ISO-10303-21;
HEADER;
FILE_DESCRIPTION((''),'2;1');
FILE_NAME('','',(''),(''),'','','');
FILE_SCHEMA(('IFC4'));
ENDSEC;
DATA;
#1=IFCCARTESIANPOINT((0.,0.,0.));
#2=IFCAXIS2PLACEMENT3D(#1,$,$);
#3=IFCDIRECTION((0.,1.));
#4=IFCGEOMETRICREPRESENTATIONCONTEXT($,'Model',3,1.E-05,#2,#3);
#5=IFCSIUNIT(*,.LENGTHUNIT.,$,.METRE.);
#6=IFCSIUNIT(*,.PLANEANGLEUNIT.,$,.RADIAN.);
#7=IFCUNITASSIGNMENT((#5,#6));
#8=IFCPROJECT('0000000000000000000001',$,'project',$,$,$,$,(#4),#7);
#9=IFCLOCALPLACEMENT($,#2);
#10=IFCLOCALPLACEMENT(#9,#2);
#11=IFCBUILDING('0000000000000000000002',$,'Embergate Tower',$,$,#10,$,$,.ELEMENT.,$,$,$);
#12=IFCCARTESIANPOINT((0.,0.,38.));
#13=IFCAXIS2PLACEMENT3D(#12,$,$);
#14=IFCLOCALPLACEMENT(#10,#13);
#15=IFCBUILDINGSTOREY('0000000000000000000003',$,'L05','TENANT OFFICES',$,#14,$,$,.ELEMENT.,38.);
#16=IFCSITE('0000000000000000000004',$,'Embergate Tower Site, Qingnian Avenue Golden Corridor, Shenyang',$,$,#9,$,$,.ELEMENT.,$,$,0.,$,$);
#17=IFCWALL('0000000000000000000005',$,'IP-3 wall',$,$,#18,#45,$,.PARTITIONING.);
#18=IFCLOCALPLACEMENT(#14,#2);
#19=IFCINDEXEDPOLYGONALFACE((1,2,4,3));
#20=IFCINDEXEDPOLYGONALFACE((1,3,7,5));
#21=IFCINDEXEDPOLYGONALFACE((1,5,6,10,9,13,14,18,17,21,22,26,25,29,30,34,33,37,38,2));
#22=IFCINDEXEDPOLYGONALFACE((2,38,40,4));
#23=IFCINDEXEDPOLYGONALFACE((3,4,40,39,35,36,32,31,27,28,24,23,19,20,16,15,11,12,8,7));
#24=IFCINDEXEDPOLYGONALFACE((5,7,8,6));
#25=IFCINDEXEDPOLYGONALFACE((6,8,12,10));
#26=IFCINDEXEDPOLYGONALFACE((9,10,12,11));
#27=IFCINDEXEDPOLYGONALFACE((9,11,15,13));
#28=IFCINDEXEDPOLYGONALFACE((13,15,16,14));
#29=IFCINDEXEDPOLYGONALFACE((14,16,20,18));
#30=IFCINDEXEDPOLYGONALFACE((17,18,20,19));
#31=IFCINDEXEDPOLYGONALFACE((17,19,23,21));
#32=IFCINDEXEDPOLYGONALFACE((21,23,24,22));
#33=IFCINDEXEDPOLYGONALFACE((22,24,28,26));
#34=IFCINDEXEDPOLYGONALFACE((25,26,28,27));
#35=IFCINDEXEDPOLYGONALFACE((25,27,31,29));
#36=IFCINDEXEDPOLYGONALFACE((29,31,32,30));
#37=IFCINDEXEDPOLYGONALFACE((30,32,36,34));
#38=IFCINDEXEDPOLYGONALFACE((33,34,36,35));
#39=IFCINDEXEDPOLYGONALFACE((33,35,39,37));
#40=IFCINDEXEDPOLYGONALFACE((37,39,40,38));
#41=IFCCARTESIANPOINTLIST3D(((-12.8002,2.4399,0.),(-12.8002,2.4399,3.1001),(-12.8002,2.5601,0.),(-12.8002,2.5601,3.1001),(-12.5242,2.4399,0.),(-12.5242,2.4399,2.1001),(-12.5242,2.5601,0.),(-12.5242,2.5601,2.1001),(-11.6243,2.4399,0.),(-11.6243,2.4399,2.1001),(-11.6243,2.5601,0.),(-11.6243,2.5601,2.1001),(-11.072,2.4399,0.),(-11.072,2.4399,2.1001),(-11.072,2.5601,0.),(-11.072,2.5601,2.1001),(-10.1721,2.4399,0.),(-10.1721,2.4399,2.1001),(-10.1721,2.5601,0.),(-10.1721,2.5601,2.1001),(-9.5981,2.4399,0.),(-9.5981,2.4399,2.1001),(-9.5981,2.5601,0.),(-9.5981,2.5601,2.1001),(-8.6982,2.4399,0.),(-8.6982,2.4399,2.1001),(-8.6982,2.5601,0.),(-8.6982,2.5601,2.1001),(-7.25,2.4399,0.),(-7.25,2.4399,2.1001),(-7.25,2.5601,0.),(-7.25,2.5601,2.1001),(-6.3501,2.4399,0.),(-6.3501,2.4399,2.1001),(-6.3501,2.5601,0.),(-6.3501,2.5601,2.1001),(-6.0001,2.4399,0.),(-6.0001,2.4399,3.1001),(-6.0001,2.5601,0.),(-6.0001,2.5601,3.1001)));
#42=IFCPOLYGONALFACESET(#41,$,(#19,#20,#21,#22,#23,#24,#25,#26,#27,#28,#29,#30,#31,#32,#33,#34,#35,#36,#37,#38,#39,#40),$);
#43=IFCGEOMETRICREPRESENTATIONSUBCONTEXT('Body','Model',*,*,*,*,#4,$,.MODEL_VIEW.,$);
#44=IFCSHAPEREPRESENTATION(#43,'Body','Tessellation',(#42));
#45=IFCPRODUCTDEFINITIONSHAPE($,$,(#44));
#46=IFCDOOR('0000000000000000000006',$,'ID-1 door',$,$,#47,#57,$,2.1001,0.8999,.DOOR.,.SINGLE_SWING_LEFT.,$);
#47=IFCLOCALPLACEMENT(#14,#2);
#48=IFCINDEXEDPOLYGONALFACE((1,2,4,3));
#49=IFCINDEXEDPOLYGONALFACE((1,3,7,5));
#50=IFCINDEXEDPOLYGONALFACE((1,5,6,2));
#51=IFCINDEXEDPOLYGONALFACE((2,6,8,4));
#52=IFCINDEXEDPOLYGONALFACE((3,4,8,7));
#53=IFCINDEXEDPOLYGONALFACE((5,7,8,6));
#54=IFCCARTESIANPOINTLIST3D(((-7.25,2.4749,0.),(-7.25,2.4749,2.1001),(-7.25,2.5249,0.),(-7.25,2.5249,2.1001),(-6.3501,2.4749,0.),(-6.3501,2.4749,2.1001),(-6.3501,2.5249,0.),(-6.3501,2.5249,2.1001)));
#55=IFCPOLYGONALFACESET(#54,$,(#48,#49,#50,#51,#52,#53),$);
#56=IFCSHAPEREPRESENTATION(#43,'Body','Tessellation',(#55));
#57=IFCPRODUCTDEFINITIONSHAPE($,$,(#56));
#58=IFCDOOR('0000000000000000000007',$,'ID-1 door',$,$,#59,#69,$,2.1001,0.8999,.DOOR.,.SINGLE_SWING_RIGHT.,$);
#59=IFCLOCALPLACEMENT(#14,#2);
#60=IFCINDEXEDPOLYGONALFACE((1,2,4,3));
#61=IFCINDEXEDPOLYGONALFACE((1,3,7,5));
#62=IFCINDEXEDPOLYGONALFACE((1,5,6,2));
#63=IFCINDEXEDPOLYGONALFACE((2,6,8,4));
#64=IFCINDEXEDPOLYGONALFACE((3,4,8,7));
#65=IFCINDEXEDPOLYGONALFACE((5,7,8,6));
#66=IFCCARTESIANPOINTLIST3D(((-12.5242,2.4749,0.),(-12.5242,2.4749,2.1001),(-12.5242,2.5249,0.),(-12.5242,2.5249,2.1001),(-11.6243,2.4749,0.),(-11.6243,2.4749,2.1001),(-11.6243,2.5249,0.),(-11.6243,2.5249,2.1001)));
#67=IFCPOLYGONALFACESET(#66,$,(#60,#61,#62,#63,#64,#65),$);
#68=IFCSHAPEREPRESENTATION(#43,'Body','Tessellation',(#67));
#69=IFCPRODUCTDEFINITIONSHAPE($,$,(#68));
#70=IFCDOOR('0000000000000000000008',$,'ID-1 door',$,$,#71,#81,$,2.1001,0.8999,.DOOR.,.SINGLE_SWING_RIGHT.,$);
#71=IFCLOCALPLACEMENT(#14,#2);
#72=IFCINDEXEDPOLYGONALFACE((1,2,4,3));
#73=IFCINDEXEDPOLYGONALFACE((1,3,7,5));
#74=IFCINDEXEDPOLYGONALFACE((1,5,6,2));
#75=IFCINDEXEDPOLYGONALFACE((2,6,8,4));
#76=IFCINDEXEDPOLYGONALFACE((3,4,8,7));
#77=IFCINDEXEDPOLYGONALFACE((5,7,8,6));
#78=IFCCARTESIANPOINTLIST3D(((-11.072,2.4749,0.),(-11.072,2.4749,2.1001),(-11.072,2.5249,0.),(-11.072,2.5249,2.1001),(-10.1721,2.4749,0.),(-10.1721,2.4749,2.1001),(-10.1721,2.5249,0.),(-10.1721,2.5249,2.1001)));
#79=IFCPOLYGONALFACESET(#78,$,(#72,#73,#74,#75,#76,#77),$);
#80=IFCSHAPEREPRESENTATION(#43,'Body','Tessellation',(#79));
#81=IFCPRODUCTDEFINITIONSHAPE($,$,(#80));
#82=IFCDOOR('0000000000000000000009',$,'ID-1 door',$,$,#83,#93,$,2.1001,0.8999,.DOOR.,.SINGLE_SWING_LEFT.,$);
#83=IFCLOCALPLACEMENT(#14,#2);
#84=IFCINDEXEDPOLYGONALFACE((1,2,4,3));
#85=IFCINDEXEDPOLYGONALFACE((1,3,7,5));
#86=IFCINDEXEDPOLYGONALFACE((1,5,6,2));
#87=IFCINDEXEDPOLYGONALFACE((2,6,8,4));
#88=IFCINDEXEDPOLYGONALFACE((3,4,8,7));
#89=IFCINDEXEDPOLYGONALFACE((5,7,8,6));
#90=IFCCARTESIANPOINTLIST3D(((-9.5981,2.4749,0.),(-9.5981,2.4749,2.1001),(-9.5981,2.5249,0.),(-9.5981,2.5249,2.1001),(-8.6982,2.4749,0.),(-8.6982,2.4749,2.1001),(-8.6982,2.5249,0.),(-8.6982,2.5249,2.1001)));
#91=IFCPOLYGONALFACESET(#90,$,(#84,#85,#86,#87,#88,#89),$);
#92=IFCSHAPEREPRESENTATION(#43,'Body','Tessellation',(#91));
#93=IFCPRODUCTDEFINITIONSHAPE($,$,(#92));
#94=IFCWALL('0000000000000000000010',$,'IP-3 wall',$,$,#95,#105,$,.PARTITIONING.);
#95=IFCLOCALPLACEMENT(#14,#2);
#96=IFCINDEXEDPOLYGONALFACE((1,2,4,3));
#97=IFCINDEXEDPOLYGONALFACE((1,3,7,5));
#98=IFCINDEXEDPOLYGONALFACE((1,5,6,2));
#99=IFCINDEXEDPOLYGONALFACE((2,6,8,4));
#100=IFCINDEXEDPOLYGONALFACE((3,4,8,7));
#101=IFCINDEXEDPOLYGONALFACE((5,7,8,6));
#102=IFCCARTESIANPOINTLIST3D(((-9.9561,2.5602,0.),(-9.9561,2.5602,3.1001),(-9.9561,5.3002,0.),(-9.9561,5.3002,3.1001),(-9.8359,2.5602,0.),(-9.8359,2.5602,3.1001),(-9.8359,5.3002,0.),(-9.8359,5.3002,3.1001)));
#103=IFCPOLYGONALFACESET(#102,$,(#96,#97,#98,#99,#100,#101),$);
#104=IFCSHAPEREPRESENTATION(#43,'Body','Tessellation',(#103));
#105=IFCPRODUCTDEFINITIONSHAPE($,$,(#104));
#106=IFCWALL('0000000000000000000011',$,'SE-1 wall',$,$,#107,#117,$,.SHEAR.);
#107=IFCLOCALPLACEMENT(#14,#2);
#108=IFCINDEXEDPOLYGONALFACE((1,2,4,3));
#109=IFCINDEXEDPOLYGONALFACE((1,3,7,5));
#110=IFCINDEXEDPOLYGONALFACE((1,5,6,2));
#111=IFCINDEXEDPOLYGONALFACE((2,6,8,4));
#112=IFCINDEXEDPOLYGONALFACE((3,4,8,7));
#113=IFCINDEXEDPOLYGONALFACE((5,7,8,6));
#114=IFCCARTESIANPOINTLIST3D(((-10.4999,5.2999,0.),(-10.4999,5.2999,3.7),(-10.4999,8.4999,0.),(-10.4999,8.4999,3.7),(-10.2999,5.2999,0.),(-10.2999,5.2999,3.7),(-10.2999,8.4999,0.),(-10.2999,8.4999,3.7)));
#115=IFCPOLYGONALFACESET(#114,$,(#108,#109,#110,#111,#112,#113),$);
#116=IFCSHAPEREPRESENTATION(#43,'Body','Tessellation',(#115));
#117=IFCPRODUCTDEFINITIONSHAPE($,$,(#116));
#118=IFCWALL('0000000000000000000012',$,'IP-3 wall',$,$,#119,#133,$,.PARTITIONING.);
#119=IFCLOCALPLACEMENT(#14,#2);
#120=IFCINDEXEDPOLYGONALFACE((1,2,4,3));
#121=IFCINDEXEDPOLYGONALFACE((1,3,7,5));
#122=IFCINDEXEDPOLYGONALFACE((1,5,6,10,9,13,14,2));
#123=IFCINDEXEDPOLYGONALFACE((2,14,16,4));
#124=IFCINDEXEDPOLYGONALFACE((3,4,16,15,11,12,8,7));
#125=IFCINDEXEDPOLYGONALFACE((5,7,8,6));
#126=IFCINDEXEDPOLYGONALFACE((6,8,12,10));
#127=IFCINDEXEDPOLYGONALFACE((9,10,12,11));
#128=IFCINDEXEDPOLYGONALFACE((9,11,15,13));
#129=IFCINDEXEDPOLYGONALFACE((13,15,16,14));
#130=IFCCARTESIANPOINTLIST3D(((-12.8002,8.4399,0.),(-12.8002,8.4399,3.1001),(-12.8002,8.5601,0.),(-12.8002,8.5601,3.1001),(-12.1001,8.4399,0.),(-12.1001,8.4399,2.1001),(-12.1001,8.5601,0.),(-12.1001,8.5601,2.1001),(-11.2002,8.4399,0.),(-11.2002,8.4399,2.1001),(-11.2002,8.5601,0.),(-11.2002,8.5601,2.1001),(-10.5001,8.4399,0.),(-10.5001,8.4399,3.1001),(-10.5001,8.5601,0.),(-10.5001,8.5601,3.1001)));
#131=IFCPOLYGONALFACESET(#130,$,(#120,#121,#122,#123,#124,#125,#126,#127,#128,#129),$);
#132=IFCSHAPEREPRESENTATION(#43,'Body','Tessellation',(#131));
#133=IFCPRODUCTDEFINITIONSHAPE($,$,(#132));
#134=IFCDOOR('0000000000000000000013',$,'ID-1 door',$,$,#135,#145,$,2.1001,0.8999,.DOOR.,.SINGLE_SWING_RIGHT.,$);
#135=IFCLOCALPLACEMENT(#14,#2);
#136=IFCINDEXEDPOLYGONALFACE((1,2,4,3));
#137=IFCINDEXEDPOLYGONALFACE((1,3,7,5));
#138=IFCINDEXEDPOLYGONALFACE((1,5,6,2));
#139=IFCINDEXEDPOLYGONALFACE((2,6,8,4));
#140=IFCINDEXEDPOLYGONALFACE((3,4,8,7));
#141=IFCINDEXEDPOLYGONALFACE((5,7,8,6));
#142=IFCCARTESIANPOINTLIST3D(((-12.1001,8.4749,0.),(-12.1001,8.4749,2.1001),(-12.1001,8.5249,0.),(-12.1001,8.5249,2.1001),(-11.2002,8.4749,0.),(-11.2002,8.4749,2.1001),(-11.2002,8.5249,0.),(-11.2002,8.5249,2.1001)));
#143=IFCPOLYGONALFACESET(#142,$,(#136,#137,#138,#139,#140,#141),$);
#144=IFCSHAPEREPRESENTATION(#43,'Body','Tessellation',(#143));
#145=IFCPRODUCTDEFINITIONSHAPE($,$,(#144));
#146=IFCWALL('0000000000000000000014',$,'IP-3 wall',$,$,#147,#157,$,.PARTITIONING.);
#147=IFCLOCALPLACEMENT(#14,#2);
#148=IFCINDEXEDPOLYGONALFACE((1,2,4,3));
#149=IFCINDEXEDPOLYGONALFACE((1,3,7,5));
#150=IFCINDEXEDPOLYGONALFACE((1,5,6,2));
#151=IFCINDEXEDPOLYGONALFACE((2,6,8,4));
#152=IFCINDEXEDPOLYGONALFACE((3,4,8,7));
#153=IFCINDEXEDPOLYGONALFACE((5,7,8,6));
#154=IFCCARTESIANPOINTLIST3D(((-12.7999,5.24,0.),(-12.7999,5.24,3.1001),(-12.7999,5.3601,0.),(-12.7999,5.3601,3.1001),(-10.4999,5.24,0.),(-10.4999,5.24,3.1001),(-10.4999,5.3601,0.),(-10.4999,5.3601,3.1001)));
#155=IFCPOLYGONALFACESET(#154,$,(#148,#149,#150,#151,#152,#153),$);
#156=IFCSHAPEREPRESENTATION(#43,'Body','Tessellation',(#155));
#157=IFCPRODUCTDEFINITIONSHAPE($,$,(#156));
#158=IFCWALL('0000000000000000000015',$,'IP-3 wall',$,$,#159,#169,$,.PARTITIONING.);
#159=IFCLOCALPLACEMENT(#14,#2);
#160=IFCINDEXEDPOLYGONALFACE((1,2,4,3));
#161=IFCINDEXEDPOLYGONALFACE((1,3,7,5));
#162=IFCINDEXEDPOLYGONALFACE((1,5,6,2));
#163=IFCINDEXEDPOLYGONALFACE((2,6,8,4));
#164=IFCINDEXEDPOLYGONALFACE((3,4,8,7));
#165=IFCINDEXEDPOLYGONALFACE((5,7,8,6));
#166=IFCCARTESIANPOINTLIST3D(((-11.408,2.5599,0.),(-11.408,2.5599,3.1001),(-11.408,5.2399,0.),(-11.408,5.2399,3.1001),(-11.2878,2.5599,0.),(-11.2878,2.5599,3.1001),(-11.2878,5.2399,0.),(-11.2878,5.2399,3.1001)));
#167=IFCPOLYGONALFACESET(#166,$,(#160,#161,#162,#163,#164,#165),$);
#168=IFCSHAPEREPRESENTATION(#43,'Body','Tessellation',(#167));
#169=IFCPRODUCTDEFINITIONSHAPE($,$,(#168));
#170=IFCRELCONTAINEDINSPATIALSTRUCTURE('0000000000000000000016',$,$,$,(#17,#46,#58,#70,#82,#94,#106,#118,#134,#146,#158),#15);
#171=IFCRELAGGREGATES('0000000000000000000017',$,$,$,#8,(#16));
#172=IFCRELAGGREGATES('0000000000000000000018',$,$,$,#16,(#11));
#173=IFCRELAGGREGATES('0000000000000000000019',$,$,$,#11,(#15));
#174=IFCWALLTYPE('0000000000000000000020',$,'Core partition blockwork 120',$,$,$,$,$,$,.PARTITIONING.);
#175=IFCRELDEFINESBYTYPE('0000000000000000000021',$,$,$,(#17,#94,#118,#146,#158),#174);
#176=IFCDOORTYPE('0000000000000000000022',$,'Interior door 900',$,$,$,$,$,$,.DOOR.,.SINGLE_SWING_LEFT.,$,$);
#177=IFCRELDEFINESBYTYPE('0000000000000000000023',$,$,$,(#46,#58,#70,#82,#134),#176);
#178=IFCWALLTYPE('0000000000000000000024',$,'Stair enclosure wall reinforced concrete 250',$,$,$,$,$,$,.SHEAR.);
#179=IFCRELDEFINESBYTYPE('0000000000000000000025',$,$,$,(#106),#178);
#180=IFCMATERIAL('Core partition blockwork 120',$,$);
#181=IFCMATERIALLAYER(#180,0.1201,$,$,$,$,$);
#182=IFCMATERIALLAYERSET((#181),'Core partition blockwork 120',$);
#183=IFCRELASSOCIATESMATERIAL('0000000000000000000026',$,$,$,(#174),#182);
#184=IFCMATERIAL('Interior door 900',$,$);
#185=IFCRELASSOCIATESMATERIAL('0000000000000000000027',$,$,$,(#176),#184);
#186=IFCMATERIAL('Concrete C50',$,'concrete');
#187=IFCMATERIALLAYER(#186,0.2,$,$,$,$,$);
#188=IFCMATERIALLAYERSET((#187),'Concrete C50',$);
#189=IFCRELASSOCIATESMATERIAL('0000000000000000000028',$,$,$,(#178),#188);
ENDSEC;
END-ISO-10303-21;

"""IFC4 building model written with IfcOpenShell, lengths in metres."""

from ifc_helpers import new_model, si_unit, direction, frame, frame_2d, origin, place, context, subcontext, project, spatial, rectangle, extrude, source, transform, mapped, material, layer, layer_set, type_object, element, fill, save


model = new_model("IFC4")

# Units and contexts
model_context = context("Model", 3, precision=1e-05, world=origin(), true_north=direction((0.0, 1.0)))
body_context = subcontext(model_context, "Body", "Model", "MODEL_VIEW")
ifc_project = project(units=[si_unit("LENGTHUNIT", "METRE"), si_unit("PLANEANGLEUNIT", "RADIAN")], contexts=[model_context])

# Site, building, storey
site_placement = place(None, origin())
site = spatial("IfcSite", under=ifc_project, at=site_placement, Name="Embergate Tower Site, Qingnian Avenue Golden Corridor, Shenyang", CompositionType="ELEMENT", RefElevation=0.0)
building_placement = place(site_placement, origin())
building = spatial("IfcBuilding", under=site, at=building_placement, Name="Embergate Tower", CompositionType="ELEMENT")
storey_placement = place(building_placement, frame((0.0, 0.0, 38.0)))
storey = spatial("IfcBuildingStorey", under=building, at=storey_placement, Name="L05", Description="TENANT OFFICES", CompositionType="ELEMENT", Elevation=38.0)

# Shared definitions
shared_shape_1 = source(origin(), body_context, "Body", "SweptSolid", [
    extrude(rectangle(XDim=0.8999, YDim=2.1001, at=frame_2d((0.45, 1.05))), frame((0.0, 0.0249, 0.0), z_axis=(0.0, -1.0, 0.0), x_axis=(1.0, 0.0, 0.0)), (0.0, 0.0, 1.0), 0.05),
])

# Wall, openings, doors
ifc_material_1 = material(Name="Core partition blockwork 120")
ifc_layer_1 = layer(ifc_material_1, 0.1201)
ifc_layer_set_1 = layer_set([ifc_layer_1], Name="Core partition blockwork 120")
wall_type_1 = type_object("IfcWallType", Name="Core partition blockwork 120", PredefinedType="PARTITIONING", material=ifc_layer_set_1)
shared_shape_2 = source(origin(), body_context, "Body", "SweptSolid", [
    extrude(rectangle(XDim=6.8, YDim=0.1201, at=frame_2d((3.3999, 0.0))), origin(), (0.0, 0.0, 1.0), 3.1001),
])
wall_1_placement = place(storey_placement, frame((-12.8, 2.5, 0.0), z_axis=(0.0, 0.0, 1.0), x_axis=(1.0, 0.0, 0.0)))
wall_1 = element("IfcWall", 1, at=wall_1_placement, inside=storey, type_object=wall_type_1, Name="IP-3 wall", PredefinedType="PARTITIONING", context=body_context, shape_type="MappedRepresentation", body=[
    mapped(shared_shape_2, transform((0.0, 0.0, 0.0))),
])
shared_shape_3 = source(origin(), body_context, "Body", "SweptSolid", [
    extrude(rectangle(XDim=0.8999, YDim=2.1001, at=frame_2d((0.45, 1.05))), frame((0.0, 0.0701, 0.0), z_axis=(0.0, -1.0, 0.0), x_axis=(1.0, 0.0, 0.0)), (0.0, 0.0, 1.0), 0.1401),
])
opening_1_placement = place(wall_1_placement, frame((5.55, 0.0, 0.0)))
opening_1 = element("IfcOpeningElement", 2, at=opening_1_placement, cuts=wall_1, PredefinedType="OPENING", context=body_context, shape_type="MappedRepresentation", body=[
    mapped(shared_shape_3, transform((0.0, 0.0, 0.0))),
])
opening_2_placement = place(wall_1_placement, frame((0.2759, 0.0, 0.0)))
opening_2 = element("IfcOpeningElement", 3, at=opening_2_placement, cuts=wall_1, PredefinedType="OPENING", context=body_context, shape_type="MappedRepresentation", body=[
    mapped(shared_shape_3, transform((0.0, 0.0, 0.0))),
])
opening_3_placement = place(wall_1_placement, frame((1.728, 0.0, 0.0)))
opening_3 = element("IfcOpeningElement", 4, at=opening_3_placement, cuts=wall_1, PredefinedType="OPENING", context=body_context, shape_type="MappedRepresentation", body=[
    mapped(shared_shape_3, transform((0.0, 0.0, 0.0))),
])
opening_4_placement = place(wall_1_placement, frame((3.2019, 0.0, 0.0)))
opening_4 = element("IfcOpeningElement", 5, at=opening_4_placement, cuts=wall_1, PredefinedType="OPENING", context=body_context, shape_type="MappedRepresentation", body=[
    mapped(shared_shape_3, transform((0.0, 0.0, 0.0))),
])
ifc_material_2 = material(Name="Interior door 900")
door_type_1 = type_object("IfcDoorType", Name="Interior door 900", OperationType="SINGLE_SWING_LEFT", PredefinedType="DOOR", material=ifc_material_2)
door_1_placement = place(opening_1_placement, origin())
door_1 = element("IfcDoor", 6, at=door_1_placement, inside=storey, type_object=door_type_1, Name="ID-1 door", OperationType="SINGLE_SWING_LEFT", OverallHeight=2.1001, OverallWidth=0.8999, PredefinedType="DOOR", context=body_context, shape_type="MappedRepresentation", body=[
    mapped(shared_shape_1, transform((0.0, 0.0, 0.0))),
])
fill(opening_1, door_1)
door_2_placement = place(opening_2_placement, origin())
door_2 = element("IfcDoor", 7, at=door_2_placement, inside=storey, type_object=door_type_1, Name="ID-1 door", OperationType="SINGLE_SWING_RIGHT", OverallHeight=2.1001, OverallWidth=0.8999, PredefinedType="DOOR", context=body_context, shape_type="MappedRepresentation", body=[
    mapped(shared_shape_1, transform((0.0, 0.0, 0.0))),
])
fill(opening_2, door_2)
door_3_placement = place(opening_3_placement, origin())
door_3 = element("IfcDoor", 8, at=door_3_placement, inside=storey, type_object=door_type_1, Name="ID-1 door", OperationType="SINGLE_SWING_RIGHT", OverallHeight=2.1001, OverallWidth=0.8999, PredefinedType="DOOR", context=body_context, shape_type="MappedRepresentation", body=[
    mapped(shared_shape_1, transform((0.0, 0.0, 0.0))),
])
fill(opening_3, door_3)
door_4_placement = place(opening_4_placement, origin())
door_4 = element("IfcDoor", 9, at=door_4_placement, inside=storey, type_object=door_type_1, Name="ID-1 door", OperationType="SINGLE_SWING_LEFT", OverallHeight=2.1001, OverallWidth=0.8999, PredefinedType="DOOR", context=body_context, shape_type="MappedRepresentation", body=[
    mapped(shared_shape_1, transform((0.0, 0.0, 0.0))),
])
fill(opening_4, door_4)

# Walls
shared_shape_4 = source(origin(), body_context, "Body", "SweptSolid", [
    extrude(rectangle(XDim=2.74, YDim=0.1201, at=frame_2d((1.3701, 0.0))), origin(), (0.0, 0.0, 1.0), 3.1001),
])
wall_2_placement = place(storey_placement, frame((-9.896, 2.5601, 0.0), z_axis=(0.0, 0.0, 1.0), x_axis=(0.0, 1.0, 0.0)))
element("IfcWall", 10, at=wall_2_placement, inside=storey, type_object=wall_type_1, Name="IP-3 wall", PredefinedType="PARTITIONING", context=body_context, shape_type="MappedRepresentation", body=[
    mapped(shared_shape_4, transform((0.0, 0.0, 0.0))),
])
ifc_material_3 = material(Name="Concrete C50", Category="concrete")
ifc_layer_2 = layer(ifc_material_3, 0.2)
ifc_layer_set_2 = layer_set([ifc_layer_2], Name="Concrete C50")
wall_type_2 = type_object("IfcWallType", Name="Stair enclosure wall reinforced concrete 250", PredefinedType="SHEAR", material=ifc_layer_set_2)
shared_shape_5 = source(origin(), body_context, "Body", "SweptSolid", [
    extrude(rectangle(XDim=3.2, YDim=0.2, at=frame_2d((1.6001, 0.0))), origin(), (0.0, 0.0, 1.0), 3.7),
])
wall_3_placement = place(storey_placement, frame((-10.3999, 8.5, 0.0), z_axis=(0.0, 0.0, 1.0), x_axis=(0.0, -1.0, 0.0)))
element("IfcWall", 11, at=wall_3_placement, inside=storey, type_object=wall_type_2, Name="SE-1 wall", PredefinedType="SHEAR", context=body_context, shape_type="MappedRepresentation", body=[
    mapped(shared_shape_5, transform((0.0, 0.0, 0.0))),
])

# Wall, opening, door
shared_shape_6 = source(origin(), body_context, "Body", "SweptSolid", [
    extrude(rectangle(XDim=2.3, YDim=0.1201, at=frame_2d((1.1499, 0.0))), origin(), (0.0, 0.0, 1.0), 3.1001),
])
wall_4_placement = place(storey_placement, frame((-12.8, 8.5, 0.0), z_axis=(0.0, 0.0, 1.0), x_axis=(1.0, 0.0, 0.0)))
wall_4 = element("IfcWall", 12, at=wall_4_placement, inside=storey, type_object=wall_type_1, Name="IP-3 wall", PredefinedType="PARTITIONING", context=body_context, shape_type="MappedRepresentation", body=[
    mapped(shared_shape_6, transform((0.0, 0.0, 0.0))),
])
opening_5_placement = place(wall_4_placement, frame((0.7, 0.0, 0.0)))
opening_5 = element("IfcOpeningElement", 13, at=opening_5_placement, cuts=wall_4, PredefinedType="OPENING", context=body_context, shape_type="MappedRepresentation", body=[
    mapped(shared_shape_3, transform((0.0, 0.0, 0.0))),
])
door_5_placement = place(opening_5_placement, origin())
door_5 = element("IfcDoor", 14, at=door_5_placement, inside=storey, type_object=door_type_1, Name="ID-1 door", OperationType="SINGLE_SWING_RIGHT", OverallHeight=2.1001, OverallWidth=0.8999, PredefinedType="DOOR", context=body_context, shape_type="MappedRepresentation", body=[
    mapped(shared_shape_1, transform((0.0, 0.0, 0.0))),
])
fill(opening_5, door_5)

# Walls
wall_5_placement = place(storey_placement, frame((-10.5, 5.3, 0.0), z_axis=(0.0, 0.0, 1.0), x_axis=(-1.0, 0.0, 0.0)))
element("IfcWall", 15, at=wall_5_placement, inside=storey, type_object=wall_type_1, Name="IP-3 wall", PredefinedType="PARTITIONING", context=body_context, shape_type="MappedRepresentation", body=[
    mapped(shared_shape_6, transform((0.0, 0.0, 0.0))),
])
shared_shape_7 = source(origin(), body_context, "Body", "SweptSolid", [
    extrude(rectangle(XDim=2.6799, YDim=0.1201, at=frame_2d((1.3398, 0.0))), origin(), (0.0, 0.0, 1.0), 3.1001),
])
wall_6_placement = place(storey_placement, frame((-11.3479, 2.5601, 0.0), z_axis=(0.0, 0.0, 1.0), x_axis=(0.0, 1.0, 0.0)))
element("IfcWall", 16, at=wall_6_placement, inside=storey, type_object=wall_type_1, Name="IP-3 wall", PredefinedType="PARTITIONING", context=body_context, shape_type="MappedRepresentation", body=[
    mapped(shared_shape_7, transform((0.0, 0.0, 0.0))),
])

save(model, "model.ifc")
